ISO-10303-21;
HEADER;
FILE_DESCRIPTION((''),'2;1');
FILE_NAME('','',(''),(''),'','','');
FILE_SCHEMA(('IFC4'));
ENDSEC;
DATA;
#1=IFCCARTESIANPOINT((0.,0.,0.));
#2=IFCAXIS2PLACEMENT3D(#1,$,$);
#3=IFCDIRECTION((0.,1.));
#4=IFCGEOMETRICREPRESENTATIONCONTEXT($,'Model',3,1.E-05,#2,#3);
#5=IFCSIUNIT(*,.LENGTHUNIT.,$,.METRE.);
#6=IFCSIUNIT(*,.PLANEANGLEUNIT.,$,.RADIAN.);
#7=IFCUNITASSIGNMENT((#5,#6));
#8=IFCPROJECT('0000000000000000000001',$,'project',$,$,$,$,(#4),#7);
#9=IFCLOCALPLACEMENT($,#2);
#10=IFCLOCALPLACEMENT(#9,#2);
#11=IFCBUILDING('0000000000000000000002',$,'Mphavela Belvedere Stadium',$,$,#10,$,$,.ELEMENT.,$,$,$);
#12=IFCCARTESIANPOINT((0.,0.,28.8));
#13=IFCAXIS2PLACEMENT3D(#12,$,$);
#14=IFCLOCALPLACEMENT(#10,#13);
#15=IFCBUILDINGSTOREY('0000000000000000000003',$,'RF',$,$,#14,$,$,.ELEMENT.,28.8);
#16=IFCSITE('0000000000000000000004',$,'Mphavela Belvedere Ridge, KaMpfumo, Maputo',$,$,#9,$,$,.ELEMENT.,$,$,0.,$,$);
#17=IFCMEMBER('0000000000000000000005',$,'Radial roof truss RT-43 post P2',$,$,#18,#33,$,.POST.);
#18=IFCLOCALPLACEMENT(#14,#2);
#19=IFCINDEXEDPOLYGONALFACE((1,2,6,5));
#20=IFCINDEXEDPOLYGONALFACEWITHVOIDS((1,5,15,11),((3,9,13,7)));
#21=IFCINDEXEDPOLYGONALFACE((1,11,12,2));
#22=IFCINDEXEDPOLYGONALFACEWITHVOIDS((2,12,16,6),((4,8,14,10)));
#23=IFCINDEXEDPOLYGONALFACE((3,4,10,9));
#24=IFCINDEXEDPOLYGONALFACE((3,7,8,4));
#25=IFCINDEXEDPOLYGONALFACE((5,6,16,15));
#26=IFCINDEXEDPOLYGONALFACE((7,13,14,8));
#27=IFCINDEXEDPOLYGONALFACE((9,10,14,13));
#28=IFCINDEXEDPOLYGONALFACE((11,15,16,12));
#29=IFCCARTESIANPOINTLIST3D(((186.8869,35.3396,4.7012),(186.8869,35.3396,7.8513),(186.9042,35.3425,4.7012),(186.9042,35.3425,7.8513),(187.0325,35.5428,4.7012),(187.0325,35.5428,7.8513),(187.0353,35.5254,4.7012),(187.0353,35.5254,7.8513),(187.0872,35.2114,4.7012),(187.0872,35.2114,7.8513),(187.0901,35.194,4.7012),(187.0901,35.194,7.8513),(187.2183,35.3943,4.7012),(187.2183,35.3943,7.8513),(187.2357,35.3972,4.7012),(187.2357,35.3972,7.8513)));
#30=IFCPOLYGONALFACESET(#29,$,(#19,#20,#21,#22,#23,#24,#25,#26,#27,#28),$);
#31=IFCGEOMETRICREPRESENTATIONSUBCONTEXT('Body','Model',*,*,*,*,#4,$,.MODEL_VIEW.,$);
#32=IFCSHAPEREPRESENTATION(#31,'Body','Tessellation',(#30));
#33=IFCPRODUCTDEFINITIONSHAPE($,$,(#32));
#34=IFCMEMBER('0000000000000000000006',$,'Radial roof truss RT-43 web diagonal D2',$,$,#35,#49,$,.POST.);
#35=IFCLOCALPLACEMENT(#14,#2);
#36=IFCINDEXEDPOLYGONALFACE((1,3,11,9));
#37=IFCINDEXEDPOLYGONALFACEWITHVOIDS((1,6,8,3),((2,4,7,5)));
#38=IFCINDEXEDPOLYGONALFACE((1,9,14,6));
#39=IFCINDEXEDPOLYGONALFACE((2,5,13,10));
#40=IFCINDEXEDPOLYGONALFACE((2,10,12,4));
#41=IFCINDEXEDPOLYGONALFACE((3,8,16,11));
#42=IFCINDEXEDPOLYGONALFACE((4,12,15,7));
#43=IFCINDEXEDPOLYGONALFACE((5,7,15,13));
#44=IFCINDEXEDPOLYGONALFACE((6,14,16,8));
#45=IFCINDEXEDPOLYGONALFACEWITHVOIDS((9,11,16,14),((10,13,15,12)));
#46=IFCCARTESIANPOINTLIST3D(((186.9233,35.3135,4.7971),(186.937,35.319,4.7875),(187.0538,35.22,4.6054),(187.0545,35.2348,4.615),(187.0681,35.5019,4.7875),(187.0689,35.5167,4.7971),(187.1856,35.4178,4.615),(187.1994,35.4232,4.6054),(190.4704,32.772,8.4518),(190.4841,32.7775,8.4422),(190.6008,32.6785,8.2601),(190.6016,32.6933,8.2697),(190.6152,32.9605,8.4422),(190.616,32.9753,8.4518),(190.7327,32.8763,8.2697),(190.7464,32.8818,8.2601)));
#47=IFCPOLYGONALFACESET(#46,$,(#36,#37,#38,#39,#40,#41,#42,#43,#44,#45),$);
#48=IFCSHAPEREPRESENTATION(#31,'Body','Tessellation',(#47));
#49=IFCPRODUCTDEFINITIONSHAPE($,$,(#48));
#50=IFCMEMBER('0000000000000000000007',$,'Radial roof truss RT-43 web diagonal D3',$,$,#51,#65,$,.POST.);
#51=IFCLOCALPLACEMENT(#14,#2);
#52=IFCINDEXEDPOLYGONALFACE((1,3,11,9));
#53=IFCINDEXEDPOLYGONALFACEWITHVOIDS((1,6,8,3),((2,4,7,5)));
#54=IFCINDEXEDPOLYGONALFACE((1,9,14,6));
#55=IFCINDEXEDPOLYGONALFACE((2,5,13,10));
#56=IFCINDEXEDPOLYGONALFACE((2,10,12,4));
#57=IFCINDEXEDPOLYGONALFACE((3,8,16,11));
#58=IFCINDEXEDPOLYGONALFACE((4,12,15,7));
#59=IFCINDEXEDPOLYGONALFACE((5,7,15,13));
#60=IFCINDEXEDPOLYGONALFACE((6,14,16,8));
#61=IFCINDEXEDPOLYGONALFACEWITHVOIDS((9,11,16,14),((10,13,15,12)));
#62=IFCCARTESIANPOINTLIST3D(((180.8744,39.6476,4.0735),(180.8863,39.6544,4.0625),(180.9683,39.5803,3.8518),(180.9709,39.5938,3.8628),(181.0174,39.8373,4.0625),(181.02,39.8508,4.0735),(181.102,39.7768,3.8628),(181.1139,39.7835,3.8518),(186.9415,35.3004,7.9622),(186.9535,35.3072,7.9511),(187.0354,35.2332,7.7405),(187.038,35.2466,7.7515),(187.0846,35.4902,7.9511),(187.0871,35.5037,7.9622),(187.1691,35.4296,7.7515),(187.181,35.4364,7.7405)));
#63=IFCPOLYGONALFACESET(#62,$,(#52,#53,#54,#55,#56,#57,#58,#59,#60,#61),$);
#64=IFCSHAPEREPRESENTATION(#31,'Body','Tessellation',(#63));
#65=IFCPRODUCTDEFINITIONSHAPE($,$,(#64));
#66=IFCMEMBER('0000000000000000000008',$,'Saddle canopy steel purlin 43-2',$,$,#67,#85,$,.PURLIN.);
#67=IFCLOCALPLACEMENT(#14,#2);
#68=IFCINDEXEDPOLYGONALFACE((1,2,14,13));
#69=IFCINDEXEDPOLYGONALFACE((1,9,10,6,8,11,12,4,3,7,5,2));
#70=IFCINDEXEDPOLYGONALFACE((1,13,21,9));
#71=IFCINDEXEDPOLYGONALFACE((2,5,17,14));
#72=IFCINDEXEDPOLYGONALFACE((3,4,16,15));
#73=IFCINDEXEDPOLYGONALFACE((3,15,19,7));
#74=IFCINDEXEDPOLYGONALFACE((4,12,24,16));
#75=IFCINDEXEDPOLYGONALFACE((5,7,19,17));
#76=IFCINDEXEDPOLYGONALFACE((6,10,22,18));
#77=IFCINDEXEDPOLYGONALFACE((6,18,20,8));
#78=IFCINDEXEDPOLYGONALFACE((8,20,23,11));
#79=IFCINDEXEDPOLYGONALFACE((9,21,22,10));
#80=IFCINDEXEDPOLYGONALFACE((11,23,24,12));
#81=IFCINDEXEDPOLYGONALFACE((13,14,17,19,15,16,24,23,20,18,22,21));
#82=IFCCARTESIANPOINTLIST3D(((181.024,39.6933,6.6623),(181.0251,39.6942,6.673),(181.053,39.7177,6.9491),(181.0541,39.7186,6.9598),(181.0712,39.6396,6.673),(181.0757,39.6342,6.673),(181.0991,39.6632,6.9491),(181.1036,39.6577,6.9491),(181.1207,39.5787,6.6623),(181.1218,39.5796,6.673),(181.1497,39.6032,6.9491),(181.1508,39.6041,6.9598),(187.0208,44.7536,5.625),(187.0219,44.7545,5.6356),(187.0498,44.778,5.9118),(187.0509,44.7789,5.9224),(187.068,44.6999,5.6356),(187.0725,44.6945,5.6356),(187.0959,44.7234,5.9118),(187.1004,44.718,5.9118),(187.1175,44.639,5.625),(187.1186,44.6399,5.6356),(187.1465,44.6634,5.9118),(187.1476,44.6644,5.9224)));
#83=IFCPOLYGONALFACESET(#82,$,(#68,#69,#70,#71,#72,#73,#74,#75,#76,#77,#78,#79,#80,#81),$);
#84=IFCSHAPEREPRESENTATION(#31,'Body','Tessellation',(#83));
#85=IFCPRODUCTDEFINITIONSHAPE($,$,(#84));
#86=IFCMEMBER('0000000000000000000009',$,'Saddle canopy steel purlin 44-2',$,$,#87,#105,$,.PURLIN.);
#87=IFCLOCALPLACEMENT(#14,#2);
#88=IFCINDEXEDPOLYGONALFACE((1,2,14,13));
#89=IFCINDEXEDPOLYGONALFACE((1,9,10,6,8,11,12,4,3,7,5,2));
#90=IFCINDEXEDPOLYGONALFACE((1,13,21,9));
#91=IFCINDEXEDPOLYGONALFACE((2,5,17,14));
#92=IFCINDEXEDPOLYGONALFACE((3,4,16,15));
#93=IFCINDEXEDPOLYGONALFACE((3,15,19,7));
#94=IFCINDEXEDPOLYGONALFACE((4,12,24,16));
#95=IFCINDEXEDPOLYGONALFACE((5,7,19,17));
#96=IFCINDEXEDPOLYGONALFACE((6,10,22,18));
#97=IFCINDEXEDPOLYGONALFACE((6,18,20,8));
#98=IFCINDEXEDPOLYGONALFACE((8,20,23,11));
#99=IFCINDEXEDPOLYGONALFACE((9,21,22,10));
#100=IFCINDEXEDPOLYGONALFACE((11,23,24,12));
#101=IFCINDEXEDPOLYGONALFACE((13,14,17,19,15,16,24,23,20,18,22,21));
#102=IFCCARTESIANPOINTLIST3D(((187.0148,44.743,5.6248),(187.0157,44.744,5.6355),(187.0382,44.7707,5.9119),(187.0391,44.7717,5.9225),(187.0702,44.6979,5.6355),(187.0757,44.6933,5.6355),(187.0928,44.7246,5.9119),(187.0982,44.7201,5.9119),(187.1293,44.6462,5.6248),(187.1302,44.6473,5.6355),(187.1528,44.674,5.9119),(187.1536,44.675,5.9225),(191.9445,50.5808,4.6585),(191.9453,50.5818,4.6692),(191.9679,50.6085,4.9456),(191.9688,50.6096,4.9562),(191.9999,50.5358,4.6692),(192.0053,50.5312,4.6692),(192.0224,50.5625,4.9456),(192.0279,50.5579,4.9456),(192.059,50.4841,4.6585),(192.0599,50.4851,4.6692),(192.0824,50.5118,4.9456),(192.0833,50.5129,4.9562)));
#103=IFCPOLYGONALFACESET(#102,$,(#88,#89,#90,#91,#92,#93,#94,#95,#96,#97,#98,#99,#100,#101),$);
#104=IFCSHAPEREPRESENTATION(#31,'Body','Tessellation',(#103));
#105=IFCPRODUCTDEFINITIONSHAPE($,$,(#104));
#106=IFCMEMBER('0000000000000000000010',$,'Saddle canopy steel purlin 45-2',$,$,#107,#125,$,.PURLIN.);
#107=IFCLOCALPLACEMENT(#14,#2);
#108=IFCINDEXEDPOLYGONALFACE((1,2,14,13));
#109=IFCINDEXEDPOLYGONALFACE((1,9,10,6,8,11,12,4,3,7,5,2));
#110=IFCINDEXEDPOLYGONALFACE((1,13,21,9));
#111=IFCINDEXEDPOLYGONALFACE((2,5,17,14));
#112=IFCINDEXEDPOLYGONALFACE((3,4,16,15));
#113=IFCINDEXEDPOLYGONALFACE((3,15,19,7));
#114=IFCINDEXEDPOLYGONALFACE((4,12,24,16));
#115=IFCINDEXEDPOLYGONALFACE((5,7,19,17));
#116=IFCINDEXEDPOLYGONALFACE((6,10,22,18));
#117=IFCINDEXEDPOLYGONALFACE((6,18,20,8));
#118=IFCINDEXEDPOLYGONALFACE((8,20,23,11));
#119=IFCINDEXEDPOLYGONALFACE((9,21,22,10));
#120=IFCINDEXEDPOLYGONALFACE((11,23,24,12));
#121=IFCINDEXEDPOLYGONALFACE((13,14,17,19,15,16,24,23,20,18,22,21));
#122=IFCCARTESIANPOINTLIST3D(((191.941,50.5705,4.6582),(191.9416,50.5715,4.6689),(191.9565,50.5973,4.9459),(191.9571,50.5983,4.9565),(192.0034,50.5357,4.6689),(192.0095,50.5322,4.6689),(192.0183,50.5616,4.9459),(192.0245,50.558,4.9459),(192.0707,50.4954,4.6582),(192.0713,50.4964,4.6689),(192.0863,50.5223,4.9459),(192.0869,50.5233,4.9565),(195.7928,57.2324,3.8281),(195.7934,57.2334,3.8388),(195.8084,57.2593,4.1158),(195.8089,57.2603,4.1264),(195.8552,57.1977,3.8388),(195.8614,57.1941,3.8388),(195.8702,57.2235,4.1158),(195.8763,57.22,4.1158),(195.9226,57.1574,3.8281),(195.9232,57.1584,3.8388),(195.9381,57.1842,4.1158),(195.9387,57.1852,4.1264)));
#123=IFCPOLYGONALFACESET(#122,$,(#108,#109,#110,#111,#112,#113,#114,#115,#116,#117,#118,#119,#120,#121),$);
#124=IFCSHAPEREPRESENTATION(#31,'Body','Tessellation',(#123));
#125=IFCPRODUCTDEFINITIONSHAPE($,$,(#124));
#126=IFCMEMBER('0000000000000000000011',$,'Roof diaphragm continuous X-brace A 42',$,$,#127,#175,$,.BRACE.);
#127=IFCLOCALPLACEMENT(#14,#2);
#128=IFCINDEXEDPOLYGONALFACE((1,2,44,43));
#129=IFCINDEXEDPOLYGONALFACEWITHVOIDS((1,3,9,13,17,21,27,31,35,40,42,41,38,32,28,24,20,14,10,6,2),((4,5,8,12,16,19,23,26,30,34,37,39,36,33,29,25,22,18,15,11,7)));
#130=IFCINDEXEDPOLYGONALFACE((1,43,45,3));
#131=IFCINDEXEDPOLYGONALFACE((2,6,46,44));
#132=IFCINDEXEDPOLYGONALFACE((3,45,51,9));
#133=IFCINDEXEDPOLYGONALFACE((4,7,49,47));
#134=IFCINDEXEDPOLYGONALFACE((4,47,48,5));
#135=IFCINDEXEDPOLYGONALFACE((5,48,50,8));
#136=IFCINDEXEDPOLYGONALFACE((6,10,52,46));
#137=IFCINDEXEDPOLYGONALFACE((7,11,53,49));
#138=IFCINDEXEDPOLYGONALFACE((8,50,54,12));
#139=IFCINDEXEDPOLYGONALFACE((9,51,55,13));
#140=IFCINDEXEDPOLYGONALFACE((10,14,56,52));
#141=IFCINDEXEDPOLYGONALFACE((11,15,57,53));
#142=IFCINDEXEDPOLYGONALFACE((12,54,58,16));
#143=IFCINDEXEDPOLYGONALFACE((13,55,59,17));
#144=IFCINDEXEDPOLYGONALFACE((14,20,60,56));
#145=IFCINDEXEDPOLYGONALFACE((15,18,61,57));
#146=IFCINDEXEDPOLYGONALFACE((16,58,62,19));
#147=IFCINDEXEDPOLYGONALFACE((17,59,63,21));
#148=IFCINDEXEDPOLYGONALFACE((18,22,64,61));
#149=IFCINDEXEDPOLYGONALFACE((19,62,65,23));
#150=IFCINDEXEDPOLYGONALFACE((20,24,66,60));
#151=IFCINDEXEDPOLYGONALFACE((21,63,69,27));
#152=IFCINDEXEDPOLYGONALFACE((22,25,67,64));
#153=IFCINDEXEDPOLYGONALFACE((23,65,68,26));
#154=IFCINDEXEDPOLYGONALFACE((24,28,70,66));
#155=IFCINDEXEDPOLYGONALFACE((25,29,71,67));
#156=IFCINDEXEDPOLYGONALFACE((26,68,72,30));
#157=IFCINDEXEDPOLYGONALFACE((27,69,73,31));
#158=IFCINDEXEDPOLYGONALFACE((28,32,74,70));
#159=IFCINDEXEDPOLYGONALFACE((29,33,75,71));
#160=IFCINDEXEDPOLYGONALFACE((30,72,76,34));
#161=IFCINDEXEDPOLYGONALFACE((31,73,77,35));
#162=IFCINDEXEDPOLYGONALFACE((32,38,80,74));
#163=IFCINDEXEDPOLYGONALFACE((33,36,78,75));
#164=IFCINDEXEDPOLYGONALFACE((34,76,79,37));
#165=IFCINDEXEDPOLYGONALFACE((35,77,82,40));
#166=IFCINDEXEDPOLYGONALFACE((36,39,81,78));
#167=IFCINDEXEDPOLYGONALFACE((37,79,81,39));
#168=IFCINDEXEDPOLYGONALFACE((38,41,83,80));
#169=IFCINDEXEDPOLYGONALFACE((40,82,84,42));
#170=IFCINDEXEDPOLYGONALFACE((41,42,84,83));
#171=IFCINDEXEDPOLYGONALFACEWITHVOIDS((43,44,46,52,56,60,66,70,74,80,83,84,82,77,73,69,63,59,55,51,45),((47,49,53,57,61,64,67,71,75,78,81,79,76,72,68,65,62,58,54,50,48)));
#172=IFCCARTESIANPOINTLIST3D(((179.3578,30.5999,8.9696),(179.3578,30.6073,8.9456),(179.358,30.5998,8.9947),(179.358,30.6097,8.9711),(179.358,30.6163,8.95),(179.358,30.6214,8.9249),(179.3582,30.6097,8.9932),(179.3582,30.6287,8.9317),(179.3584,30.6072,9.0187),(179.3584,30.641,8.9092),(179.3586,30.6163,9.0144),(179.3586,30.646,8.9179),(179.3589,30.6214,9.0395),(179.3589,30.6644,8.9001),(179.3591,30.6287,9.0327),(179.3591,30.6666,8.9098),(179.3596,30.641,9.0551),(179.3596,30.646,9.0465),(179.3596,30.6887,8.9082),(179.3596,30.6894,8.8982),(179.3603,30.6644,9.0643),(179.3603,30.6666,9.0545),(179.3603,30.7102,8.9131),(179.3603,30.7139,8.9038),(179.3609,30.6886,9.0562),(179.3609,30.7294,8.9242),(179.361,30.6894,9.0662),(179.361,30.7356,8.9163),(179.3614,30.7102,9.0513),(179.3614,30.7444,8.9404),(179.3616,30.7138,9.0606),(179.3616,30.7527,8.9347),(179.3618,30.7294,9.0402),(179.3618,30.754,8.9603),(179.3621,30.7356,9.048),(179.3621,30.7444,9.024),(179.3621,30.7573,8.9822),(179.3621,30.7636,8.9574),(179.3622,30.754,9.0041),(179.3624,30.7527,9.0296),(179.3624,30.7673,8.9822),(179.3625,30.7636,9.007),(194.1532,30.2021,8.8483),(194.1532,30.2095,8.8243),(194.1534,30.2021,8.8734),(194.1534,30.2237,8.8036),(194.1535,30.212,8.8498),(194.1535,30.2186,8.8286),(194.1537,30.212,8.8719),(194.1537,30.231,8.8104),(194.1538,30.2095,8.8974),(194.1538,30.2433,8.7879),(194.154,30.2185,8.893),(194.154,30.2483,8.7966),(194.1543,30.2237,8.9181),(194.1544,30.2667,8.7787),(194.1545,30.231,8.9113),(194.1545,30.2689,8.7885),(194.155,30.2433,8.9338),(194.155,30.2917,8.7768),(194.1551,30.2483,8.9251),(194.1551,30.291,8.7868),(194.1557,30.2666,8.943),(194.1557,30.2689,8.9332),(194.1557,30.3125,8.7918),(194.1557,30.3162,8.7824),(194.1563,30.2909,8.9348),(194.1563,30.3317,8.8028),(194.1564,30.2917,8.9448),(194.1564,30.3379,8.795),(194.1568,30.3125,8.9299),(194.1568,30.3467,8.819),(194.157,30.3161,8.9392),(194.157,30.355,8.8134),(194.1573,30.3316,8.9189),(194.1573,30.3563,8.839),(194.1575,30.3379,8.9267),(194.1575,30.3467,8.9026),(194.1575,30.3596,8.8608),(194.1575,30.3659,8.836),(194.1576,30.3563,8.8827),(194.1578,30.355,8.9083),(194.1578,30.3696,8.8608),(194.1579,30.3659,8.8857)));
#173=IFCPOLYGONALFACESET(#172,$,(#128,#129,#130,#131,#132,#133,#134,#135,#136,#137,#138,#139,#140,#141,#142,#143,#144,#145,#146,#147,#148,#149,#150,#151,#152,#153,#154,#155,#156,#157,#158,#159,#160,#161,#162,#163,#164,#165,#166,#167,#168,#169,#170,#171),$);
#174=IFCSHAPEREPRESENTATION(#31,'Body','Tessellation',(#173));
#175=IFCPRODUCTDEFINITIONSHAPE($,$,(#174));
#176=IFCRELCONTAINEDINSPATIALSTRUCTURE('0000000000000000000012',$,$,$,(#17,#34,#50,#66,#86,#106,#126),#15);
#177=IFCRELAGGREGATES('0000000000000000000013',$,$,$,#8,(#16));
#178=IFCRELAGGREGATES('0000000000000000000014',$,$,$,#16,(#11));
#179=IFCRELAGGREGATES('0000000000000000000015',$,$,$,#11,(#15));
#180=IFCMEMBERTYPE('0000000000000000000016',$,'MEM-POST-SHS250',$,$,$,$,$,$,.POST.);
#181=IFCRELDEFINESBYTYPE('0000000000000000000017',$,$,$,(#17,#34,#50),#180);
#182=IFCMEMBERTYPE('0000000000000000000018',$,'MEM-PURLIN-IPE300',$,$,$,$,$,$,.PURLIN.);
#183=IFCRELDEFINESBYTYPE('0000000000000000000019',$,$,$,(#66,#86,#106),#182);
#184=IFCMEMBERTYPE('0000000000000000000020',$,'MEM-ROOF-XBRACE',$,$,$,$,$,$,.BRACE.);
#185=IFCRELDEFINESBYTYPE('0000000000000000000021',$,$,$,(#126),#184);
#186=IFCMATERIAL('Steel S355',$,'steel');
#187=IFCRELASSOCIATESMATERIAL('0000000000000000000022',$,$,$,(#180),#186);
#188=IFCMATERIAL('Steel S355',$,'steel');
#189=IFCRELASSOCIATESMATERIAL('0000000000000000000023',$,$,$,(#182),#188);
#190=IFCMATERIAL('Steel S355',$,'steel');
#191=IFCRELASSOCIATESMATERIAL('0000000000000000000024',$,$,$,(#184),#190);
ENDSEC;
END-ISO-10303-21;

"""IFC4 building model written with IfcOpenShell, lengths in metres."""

from ifc_helpers import new_model, si_unit, direction, frame, origin, origin_2d, place, context, subcontext, project, spatial, hollow_rectangle, hollow_circle, i_section, extrude, material, material_profile, profile_set, type_object, element, save


model = new_model("IFC4")

# Units and contexts
model_context = context("Model", 3, precision=1e-05, world=origin(), true_north=direction((0.0, 1.0)))
body_context = subcontext(model_context, "Body", "Model", "MODEL_VIEW")
ifc_project = project(units=[si_unit("LENGTHUNIT", "METRE"), si_unit("PLANEANGLEUNIT", "RADIAN")], contexts=[model_context])

# Site, building, storey
site_placement = place(None, origin())
site = spatial("IfcSite", under=ifc_project, at=site_placement, Name="Mphavela Belvedere Ridge, KaMpfumo, Maputo", CompositionType="ELEMENT", RefElevation=0.0)
building_placement = place(site_placement, origin())
building = spatial("IfcBuilding", under=site, at=building_placement, Name="Mphavela Belvedere Stadium", CompositionType="ELEMENT")
storey_placement = place(building_placement, frame((0.0, 0.0, 28.8)))
storey = spatial("IfcBuildingStorey", under=building, at=storey_placement, Name="RF", CompositionType="ELEMENT", Elevation=28.8)

# Members
ifc_material_1 = material(Name="Steel S355", Category="steel")
ifc_material_profile_1 = material_profile(ifc_material_1, hollow_rectangle(XDim=0.25, YDim=0.25, WallThickness=0.0125, at=origin_2d()), Name="SHS 250x250x12.5")
ifc_profile_set_1 = profile_set([ifc_material_profile_1], Name="Steel S355")
member_type_1 = type_object("IfcMemberType", Name="MEM-POST-SHS250", PredefinedType="POST", material=ifc_profile_set_1)
member_1_placement = place(storey_placement, frame((187.0613, 35.3684, 4.7012), z_axis=(0.0, 0.0, 1.0), x_axis=(0.812898, -0.582407, 0.0)))
element("IfcMember", 1, at=member_1_placement, inside=storey, type_object=member_type_1, Name="Radial roof truss RT-43 post P2", PredefinedType="POST", context=body_context, shape_type="SweptSolid", body=[
    extrude(hollow_rectangle(XDim=0.25, YDim=0.25, WallThickness=0.0125, at=origin_2d()), origin(), (0.0, 0.0, 1.0), 3.1501),
])
member_2_placement = place(storey_placement, frame((190.6084, 32.8269, 8.356), z_axis=(-0.623177, 0.446505, -0.642093), x_axis=(-0.582428, -0.812882, 0.0)))
element("IfcMember", 2, at=member_2_placement, inside=storey, type_object=member_type_1, Name="Radial roof truss RT-43 web diagonal D2", PredefinedType="POST", context=body_context, shape_type="SweptSolid", body=[
    extrude(hollow_rectangle(XDim=0.25, YDim=0.25, WallThickness=0.0125, at=origin_2d()), origin(), (0.0, 0.0, 1.0), 5.6919),
])
member_3_placement = place(storey_placement, frame((187.0613, 35.3684, 7.8513), z_axis=(-0.720901, 0.516533, -0.462055), x_axis=(-0.582435, -0.812877, 0.0)))
element("IfcMember", 3, at=member_3_placement, inside=storey, type_object=member_type_1, Name="Radial roof truss RT-43 web diagonal D3", PredefinedType="POST", context=body_context, shape_type="SweptSolid", body=[
    extrude(hollow_rectangle(XDim=0.25, YDim=0.25, WallThickness=0.0125, at=origin_2d()), origin(), (0.0, 0.0, 1.0), 8.416),
])
ifc_material_2 = material(Name="Steel S355", Category="steel")
ifc_material_profile_2 = material_profile(ifc_material_2, i_section(OverallWidth=0.1499, OverallDepth=0.3, WebThickness=0.0071, FlangeThickness=0.0107, at=origin_2d()), Name="IPE 300")
ifc_profile_set_2 = profile_set([ifc_material_profile_2], Name="Steel S355")
member_type_2 = type_object("IfcMemberType", Name="MEM-PURLIN-IPE300", PredefinedType="PURLIN", material=ifc_profile_set_2)
member_4_placement = place(storey_placement, frame((181.0874, 39.6487, 6.811), z_axis=(0.757669, 0.639344, -0.131064), x_axis=(-0.644907, 0.764261, 0.0)))
element("IfcMember", 4, at=member_4_placement, inside=storey, type_object=member_type_2, Name="Saddle canopy steel purlin 43-2", PredefinedType="PURLIN", context=body_context, shape_type="SweptSolid", body=[
    extrude(i_section(OverallWidth=0.1499, OverallDepth=0.3, WebThickness=0.0071, FlangeThickness=0.0107, at=origin_2d()), origin(), (0.0, 0.0, 1.0), 7.9148),
])
member_5_placement = place(storey_placement, frame((187.0842, 44.709, 5.7737), z_axis=(0.640076, 0.757998, -0.125467), x_axis=(-0.764036, 0.645174, 0.0)))
element("IfcMember", 5, at=member_5_placement, inside=storey, type_object=member_type_2, Name="Saddle canopy steel purlin 44-2", PredefinedType="PURLIN", context=body_context, shape_type="SweptSolid", body=[
    extrude(i_section(OverallWidth=0.1499, OverallDepth=0.3, WebThickness=0.0071, FlangeThickness=0.0107, at=origin_2d()), origin(), (0.0, 0.0, 1.0), 7.7017),
])
member_6_placement = place(storey_placement, frame((192.0139, 50.5469, 4.8074), z_axis=(0.497657, 0.860718, -0.107247), x_axis=(-0.865711, 0.500543, 0.0)))
element("IfcMember", 6, at=member_6_placement, inside=storey, type_object=member_type_2, Name="Saddle canopy steel purlin 45-2", PredefinedType="PURLIN", context=body_context, shape_type="SweptSolid", body=[
    extrude(i_section(OverallWidth=0.1499, OverallDepth=0.3, WebThickness=0.0071, FlangeThickness=0.0107, at=origin_2d()), origin(), (0.0, 0.0, 1.0), 7.74),
])
ifc_material_3 = material(Name="Steel S355", Category="steel")
ifc_material_profile_3 = material_profile(ifc_material_3, hollow_circle(Radius=0.0842, WallThickness=0.01, at=origin_2d()), Name="CHS 168.3x10")
ifc_profile_set_3 = profile_set([ifc_material_profile_3], Name="Steel S355")
member_type_3 = type_object("IfcMemberType", Name="MEM-ROOF-XBRACE", PredefinedType="BRACE", material=ifc_profile_set_3)
member_7_placement = place(storey_placement, frame((179.3601, 30.6831, 8.9822), z_axis=(0.999605, -0.02687, -0.008198), x_axis=(0.026871, 0.999639, 0.0)))
element("IfcMember", 7, at=member_7_placement, inside=storey, type_object=member_type_3, Name="Roof diaphragm continuous X-brace A 42", PredefinedType="BRACE", context=body_context, shape_type="SweptSolid", body=[
    extrude(hollow_circle(Radius=0.0842, WallThickness=0.01, at=origin_2d()), origin(), (0.0, 0.0, 1.0), 14.8013),
])

save(model, "model.ifc")
